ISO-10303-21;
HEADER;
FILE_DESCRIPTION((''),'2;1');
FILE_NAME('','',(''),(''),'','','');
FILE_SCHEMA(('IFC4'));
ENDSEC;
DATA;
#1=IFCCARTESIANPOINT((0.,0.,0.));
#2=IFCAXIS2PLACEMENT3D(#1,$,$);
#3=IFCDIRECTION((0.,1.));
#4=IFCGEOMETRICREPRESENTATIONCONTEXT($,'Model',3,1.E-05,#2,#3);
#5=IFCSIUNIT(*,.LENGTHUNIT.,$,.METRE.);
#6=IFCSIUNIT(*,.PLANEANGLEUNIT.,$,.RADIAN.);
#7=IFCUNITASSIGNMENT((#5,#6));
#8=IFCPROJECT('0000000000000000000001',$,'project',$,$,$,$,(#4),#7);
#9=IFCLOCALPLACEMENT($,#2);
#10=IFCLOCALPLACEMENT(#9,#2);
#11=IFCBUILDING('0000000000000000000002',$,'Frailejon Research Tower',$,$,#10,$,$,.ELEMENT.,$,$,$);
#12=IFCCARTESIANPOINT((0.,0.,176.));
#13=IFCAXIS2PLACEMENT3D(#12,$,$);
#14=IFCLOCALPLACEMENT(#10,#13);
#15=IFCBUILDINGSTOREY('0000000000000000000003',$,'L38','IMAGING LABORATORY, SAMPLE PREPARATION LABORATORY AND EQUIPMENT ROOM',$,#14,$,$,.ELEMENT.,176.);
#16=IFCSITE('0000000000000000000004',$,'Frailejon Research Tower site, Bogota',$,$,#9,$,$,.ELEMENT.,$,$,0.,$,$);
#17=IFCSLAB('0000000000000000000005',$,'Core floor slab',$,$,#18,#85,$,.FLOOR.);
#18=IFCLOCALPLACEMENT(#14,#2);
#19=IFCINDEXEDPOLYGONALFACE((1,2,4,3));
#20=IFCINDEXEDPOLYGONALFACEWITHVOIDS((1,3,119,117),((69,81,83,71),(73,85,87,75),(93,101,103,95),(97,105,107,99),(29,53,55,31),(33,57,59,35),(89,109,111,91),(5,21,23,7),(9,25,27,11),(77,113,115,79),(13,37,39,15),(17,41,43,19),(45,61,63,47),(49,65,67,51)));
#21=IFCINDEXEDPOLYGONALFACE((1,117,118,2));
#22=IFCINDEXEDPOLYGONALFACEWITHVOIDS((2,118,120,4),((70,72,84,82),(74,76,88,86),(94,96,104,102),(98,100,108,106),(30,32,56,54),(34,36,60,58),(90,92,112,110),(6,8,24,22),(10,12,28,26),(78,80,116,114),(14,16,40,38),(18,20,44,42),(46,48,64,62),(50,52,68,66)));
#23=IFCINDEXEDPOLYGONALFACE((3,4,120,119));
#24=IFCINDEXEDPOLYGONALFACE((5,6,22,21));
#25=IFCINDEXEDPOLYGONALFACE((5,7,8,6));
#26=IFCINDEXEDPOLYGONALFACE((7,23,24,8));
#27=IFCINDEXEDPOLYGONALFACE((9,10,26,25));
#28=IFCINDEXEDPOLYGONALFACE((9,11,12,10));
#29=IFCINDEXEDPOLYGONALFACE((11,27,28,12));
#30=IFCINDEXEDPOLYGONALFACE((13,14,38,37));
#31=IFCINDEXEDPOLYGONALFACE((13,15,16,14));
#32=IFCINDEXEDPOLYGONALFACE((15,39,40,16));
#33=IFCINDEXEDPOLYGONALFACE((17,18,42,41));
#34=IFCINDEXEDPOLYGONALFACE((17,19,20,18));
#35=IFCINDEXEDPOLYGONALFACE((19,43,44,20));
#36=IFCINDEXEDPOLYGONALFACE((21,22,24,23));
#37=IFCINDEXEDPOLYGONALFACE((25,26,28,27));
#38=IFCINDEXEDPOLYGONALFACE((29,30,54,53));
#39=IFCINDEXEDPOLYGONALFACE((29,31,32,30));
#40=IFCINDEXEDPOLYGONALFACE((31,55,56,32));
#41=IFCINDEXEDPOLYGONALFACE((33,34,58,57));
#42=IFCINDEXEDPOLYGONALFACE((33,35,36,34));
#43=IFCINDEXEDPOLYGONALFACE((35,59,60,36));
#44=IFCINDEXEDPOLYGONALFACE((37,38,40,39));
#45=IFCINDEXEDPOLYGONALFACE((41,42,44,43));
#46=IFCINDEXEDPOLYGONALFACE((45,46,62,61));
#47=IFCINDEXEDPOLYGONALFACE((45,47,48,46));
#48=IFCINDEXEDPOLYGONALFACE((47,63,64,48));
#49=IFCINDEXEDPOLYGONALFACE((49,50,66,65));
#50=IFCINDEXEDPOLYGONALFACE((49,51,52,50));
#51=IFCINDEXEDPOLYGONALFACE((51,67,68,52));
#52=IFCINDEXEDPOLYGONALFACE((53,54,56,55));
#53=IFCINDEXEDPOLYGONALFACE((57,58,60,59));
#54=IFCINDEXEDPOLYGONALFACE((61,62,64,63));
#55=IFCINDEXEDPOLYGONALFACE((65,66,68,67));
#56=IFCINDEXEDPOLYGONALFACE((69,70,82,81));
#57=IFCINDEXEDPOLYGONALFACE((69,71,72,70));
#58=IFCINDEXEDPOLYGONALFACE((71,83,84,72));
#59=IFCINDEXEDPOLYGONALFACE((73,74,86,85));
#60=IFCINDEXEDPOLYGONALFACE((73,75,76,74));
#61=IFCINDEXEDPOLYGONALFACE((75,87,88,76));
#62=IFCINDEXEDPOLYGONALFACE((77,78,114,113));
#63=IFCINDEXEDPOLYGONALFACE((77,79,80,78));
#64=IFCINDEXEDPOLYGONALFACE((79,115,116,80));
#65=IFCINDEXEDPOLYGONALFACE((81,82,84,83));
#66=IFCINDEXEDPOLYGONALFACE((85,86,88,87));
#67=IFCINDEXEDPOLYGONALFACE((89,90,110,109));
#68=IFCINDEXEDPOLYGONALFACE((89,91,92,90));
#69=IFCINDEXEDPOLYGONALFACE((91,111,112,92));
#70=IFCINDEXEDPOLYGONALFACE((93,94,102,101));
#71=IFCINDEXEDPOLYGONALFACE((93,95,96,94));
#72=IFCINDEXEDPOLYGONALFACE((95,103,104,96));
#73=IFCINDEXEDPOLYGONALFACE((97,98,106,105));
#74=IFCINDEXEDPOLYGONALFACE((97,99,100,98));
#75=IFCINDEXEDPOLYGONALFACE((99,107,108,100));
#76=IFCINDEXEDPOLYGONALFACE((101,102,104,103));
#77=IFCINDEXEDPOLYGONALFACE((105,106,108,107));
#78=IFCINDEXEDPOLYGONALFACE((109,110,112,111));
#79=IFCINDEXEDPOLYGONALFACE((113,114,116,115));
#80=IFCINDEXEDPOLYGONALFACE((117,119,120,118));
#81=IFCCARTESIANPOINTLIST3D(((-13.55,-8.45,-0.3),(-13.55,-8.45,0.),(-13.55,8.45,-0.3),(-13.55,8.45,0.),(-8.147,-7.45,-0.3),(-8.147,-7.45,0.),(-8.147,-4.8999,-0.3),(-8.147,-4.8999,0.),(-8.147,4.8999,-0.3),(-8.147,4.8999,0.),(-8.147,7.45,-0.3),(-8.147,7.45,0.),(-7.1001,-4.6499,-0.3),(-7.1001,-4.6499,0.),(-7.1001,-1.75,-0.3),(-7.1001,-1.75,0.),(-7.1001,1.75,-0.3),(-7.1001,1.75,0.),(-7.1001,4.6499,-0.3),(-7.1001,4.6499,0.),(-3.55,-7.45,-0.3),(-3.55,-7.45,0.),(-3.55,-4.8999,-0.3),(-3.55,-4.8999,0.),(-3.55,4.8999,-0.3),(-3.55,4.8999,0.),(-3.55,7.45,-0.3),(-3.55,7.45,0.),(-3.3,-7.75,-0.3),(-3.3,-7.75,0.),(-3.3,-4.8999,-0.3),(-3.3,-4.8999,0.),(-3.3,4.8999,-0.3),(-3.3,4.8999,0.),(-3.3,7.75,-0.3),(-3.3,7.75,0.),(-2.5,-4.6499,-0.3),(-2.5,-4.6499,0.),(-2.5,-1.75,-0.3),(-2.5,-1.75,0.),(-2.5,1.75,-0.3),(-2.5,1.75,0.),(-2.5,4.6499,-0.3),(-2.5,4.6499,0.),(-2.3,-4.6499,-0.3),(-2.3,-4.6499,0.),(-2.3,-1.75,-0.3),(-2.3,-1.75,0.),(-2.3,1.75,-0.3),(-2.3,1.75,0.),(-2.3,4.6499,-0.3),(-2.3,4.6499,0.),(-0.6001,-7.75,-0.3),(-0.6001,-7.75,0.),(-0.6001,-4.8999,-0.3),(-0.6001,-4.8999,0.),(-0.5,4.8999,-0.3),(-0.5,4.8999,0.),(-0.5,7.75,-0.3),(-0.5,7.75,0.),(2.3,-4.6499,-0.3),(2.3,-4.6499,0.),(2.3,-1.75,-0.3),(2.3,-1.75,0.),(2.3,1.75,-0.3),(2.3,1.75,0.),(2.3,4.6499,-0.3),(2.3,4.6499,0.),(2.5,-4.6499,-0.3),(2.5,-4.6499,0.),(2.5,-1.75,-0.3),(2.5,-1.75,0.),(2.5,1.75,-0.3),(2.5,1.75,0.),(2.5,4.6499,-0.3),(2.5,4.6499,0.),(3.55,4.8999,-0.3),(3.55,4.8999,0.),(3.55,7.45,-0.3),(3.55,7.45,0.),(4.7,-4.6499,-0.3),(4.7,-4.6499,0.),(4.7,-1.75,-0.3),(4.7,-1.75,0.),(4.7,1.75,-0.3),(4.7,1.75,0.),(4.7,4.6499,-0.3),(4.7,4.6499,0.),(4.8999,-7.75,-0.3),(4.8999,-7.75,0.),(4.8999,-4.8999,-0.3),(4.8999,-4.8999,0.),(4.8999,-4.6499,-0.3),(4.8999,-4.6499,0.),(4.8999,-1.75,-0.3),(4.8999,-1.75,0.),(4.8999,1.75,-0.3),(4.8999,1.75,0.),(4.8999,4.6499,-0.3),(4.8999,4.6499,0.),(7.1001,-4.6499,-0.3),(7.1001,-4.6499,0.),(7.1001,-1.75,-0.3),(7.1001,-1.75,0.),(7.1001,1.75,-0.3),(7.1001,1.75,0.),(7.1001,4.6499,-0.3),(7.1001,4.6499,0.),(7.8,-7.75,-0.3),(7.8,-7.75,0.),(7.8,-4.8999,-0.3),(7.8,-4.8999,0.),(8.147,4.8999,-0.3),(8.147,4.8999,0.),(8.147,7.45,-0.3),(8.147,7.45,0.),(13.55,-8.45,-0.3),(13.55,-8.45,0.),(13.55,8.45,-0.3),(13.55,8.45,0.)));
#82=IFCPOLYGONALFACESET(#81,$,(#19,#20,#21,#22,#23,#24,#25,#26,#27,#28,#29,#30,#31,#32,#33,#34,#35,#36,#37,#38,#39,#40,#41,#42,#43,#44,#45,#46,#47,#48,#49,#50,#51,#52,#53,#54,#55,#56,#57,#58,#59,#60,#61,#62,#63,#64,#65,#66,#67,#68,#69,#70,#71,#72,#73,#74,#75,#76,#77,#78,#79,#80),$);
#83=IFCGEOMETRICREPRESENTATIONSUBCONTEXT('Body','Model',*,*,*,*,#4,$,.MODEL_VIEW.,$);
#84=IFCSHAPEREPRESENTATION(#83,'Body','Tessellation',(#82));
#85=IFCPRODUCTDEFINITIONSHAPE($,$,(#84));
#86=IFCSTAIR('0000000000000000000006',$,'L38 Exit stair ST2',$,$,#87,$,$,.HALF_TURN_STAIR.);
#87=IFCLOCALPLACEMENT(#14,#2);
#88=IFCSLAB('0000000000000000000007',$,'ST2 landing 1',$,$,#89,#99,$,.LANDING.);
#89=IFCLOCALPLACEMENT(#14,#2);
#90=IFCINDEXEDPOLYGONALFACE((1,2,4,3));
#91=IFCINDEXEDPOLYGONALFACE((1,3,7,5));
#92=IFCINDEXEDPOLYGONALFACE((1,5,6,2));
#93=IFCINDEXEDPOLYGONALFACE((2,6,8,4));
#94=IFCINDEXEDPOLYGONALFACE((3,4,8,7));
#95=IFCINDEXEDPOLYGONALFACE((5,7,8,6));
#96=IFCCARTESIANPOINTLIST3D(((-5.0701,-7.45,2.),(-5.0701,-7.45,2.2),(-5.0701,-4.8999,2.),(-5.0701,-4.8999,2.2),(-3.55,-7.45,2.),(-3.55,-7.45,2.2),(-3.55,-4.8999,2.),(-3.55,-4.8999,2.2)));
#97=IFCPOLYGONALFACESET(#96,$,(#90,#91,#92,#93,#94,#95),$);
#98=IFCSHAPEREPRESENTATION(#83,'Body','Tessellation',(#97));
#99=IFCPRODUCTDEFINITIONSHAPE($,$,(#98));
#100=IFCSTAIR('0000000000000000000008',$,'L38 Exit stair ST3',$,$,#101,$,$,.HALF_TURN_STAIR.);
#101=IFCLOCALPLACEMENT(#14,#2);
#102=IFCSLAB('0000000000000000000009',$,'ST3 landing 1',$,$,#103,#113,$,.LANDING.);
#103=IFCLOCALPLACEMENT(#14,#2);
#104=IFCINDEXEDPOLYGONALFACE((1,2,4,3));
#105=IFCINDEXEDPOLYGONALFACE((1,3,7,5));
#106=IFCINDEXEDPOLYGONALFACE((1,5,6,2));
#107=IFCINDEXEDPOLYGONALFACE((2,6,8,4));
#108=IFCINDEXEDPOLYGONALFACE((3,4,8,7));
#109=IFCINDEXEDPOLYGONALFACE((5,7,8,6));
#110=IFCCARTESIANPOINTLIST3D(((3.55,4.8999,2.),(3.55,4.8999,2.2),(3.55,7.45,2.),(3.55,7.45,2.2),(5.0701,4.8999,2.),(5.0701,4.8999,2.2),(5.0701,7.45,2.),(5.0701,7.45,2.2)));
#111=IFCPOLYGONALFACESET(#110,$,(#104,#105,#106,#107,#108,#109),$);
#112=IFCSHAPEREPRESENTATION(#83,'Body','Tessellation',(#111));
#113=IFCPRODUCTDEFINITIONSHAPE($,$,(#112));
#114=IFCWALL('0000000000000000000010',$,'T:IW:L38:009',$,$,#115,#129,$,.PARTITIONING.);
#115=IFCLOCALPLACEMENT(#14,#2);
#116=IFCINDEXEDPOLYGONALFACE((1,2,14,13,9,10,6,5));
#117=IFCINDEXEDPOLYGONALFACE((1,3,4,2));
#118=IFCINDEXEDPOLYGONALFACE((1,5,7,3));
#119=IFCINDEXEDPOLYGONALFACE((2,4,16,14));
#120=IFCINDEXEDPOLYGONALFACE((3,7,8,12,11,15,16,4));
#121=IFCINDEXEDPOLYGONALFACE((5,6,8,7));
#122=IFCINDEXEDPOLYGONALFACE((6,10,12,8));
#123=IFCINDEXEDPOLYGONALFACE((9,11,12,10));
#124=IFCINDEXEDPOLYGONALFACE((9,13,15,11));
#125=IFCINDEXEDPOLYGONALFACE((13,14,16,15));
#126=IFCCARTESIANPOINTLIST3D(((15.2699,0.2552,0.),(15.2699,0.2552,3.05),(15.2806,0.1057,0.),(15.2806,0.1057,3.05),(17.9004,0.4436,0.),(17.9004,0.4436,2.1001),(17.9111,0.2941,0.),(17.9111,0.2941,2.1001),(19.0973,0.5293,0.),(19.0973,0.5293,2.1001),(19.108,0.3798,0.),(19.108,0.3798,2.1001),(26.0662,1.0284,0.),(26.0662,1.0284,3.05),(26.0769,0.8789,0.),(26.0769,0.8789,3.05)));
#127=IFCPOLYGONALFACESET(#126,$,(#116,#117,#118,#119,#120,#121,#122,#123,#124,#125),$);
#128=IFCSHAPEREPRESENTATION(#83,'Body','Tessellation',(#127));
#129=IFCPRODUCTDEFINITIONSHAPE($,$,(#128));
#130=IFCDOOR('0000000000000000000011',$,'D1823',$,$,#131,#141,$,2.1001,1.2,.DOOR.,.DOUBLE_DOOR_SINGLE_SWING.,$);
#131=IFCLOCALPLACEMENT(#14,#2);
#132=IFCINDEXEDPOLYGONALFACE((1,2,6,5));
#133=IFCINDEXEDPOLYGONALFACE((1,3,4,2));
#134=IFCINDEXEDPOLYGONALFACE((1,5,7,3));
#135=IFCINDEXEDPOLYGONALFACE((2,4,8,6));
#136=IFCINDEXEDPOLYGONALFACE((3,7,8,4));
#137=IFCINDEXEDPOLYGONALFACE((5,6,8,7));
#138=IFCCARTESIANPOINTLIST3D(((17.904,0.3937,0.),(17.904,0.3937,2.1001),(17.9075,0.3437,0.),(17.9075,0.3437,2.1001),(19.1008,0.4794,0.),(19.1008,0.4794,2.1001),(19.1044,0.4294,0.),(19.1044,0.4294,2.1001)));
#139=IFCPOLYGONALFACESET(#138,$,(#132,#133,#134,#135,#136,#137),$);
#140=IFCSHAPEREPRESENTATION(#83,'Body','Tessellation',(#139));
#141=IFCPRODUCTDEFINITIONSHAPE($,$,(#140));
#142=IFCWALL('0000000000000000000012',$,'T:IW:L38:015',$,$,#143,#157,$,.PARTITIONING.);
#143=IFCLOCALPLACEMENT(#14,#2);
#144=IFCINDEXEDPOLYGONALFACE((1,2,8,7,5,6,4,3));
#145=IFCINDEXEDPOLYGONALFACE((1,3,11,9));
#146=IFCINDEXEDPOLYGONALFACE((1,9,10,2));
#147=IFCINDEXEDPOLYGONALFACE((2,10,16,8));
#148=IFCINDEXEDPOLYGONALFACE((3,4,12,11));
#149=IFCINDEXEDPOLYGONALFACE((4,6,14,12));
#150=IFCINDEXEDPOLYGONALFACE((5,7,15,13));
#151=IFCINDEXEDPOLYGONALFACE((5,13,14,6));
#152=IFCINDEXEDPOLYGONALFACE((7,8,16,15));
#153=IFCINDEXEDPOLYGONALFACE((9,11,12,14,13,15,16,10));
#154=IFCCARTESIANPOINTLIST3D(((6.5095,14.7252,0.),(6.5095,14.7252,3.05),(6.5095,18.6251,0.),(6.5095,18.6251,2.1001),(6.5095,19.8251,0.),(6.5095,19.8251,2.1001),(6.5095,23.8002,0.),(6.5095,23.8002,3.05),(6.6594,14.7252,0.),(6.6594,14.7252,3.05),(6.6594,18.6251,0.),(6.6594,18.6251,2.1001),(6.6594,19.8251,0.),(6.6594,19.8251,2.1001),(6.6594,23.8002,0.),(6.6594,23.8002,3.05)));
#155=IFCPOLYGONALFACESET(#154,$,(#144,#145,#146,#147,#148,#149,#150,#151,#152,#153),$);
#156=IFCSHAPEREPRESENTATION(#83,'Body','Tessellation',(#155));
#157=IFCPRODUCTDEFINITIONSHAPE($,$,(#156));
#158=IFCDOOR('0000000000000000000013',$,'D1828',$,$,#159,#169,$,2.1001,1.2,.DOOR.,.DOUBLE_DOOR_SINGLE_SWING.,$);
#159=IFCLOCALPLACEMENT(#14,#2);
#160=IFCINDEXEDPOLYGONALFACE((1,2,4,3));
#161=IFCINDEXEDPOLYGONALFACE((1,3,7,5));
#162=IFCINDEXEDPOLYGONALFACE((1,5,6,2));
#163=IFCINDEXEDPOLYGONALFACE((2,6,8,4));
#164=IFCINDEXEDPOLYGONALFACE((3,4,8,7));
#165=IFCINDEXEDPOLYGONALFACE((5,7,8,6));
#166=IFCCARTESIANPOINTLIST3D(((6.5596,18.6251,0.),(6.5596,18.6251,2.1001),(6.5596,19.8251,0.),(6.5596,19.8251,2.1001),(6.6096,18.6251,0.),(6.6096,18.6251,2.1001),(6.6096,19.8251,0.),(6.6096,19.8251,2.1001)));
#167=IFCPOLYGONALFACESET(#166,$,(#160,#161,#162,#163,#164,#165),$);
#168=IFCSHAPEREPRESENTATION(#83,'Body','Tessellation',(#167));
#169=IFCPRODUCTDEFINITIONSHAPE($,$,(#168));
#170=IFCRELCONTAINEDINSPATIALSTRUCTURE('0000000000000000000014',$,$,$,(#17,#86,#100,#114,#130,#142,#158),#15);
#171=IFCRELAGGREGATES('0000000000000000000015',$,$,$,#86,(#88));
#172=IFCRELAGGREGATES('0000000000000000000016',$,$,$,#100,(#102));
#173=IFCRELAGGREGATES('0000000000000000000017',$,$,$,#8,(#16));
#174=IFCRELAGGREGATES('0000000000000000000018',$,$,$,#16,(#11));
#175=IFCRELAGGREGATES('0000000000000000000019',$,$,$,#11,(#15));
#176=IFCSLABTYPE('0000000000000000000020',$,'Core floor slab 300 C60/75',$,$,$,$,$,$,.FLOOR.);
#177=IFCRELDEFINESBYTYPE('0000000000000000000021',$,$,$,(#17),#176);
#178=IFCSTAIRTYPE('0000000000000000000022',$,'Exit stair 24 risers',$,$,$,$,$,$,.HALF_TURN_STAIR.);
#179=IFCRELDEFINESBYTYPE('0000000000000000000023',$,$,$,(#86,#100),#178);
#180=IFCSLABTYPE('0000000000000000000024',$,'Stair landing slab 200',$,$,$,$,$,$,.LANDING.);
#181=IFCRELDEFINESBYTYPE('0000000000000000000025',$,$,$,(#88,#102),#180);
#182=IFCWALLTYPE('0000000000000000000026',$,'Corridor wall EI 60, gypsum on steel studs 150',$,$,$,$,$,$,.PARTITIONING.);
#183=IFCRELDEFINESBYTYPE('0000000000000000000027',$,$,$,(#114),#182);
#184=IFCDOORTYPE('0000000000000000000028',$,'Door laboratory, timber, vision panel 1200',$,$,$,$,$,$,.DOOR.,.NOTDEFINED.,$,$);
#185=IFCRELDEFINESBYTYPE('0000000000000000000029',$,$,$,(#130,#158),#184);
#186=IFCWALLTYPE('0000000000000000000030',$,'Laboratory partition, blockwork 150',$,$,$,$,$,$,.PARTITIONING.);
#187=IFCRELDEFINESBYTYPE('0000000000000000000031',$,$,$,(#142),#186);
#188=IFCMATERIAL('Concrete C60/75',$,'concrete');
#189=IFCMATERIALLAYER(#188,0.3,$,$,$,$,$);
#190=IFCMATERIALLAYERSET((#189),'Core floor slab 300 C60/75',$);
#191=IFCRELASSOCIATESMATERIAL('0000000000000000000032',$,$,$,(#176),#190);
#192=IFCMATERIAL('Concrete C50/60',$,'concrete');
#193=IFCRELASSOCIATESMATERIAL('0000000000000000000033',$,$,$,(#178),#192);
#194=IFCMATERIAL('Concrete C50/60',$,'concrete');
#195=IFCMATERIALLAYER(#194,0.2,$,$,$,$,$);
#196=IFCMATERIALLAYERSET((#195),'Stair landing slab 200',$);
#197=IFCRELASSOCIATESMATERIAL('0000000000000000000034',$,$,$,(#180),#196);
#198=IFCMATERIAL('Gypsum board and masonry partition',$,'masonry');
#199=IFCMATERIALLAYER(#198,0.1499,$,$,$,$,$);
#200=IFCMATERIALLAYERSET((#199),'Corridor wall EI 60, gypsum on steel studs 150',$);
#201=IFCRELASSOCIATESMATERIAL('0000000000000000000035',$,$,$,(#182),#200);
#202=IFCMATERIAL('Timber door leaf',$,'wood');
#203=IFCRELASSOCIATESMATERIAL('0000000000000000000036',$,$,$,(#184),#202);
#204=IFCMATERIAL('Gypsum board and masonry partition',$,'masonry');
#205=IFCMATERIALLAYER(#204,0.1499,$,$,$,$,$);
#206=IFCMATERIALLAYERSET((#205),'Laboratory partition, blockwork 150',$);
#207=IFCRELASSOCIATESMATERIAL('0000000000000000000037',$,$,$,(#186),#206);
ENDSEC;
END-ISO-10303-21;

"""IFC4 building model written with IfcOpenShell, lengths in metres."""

from ifc_helpers import new_model, si_unit, direction, frame, frame_2d, origin, place, context, subcontext, project, spatial, polyline, rectangle, outline, extrude, material, layer, layer_set, type_object, element, fill, aggregate, save


model = new_model("IFC4")

# Units and contexts
model_context = context("Model", 3, precision=1e-05, world=origin(), true_north=direction((0.0, 1.0)))
body_context = subcontext(model_context, "Body", "Model", "MODEL_VIEW")
ifc_project = project(units=[si_unit("LENGTHUNIT", "METRE"), si_unit("PLANEANGLEUNIT", "RADIAN")], contexts=[model_context])

# Site, building, storey
site_placement = place(None, origin())
site = spatial("IfcSite", under=ifc_project, at=site_placement, Name="Frailejon Research Tower site, Bogota", CompositionType="ELEMENT", RefElevation=0.0)
building_placement = place(site_placement, origin())
building = spatial("IfcBuilding", under=site, at=building_placement, Name="Frailejon Research Tower", CompositionType="ELEMENT")
storey_placement = place(building_placement, frame((0.0, 0.0, 176.0)))
storey = spatial("IfcBuildingStorey", under=building, at=storey_placement, Name="L38", Description="IMAGING LABORATORY, SAMPLE PREPARATION LABORATORY AND EQUIPMENT ROOM", CompositionType="ELEMENT", Elevation=176.0)

# Slab
ifc_material_1 = material(Name="Concrete C60/75", Category="concrete")
ifc_layer_1 = layer(ifc_material_1, 0.3)
ifc_layer_set_1 = layer_set([ifc_layer_1], Name="Core floor slab 300 C60/75")
slab_type_1 = type_object("IfcSlabType", Name="Core floor slab 300 C60/75", PredefinedType="FLOOR", material=ifc_layer_set_1)
slab_1_placement = place(storey_placement, frame((0.0, 0.0, -0.3)))
element("IfcSlab", 1, at=slab_1_placement, inside=storey, type_object=slab_type_1, Name="Core floor slab", PredefinedType="FLOOR", context=body_context, shape_type="SweptSolid", body=[
    extrude(outline(polyline([(13.55, -8.45), (13.55, 8.45), (-13.55, 8.45), (-13.55, -8.45), (13.55, -8.45)]), holes=[polyline([(-2.5, 1.75), (-2.5, 4.6499), (-7.1001, 4.6499), (-7.1001, 1.75), (-2.5, 1.75)]), polyline([(2.3, 1.75), (2.3, 4.6499), (-2.3, 4.6499), (-2.3, 1.75), (2.3, 1.75)]), polyline([(4.7, 1.75), (4.7, 4.6499), (2.5, 4.6499), (2.5, 1.75), (4.7, 1.75)]), polyline([(7.1001, 1.75), (7.1001, 4.6499), (4.8999, 4.6499), (4.8999, 1.75), (7.1001, 1.75)]), polyline([(-2.5, -4.6499), (-2.5, -1.75), (-7.1001, -1.75), (-7.1001, -4.6499), (-2.5, -4.6499)]), polyline([(2.3, -4.6499), (2.3, -1.75), (-2.3, -1.75), (-2.3, -4.6499), (2.3, -4.6499)]), polyline([(4.7, -4.6499), (4.7, -1.75), (2.5, -1.75), (2.5, -4.6499), (4.7, -4.6499)]), polyline([(7.1001, -4.6499), (7.1001, -1.75), (4.8999, -1.75), (4.8999, -4.6499), (7.1001, -4.6499)]), polyline([(-8.147, 4.8999), (-3.55, 4.8999), (-3.55, 7.45), (-8.147, 7.45), (-8.147, 4.8999)]), polyline([(-8.147, -7.45), (-3.55, -7.45), (-3.55, -4.8999), (-8.147, -4.8999), (-8.147, -7.45)]), polyline([(8.147, 7.45), (3.55, 7.45), (3.55, 4.8999), (8.147, 4.8999), (8.147, 7.45)]), polyline([(-0.6001, -7.75), (-0.6001, -4.8999), (-3.3, -4.8999), (-3.3, -7.75), (-0.6001, -7.75)]), polyline([(7.8, -7.75), (7.8, -4.8999), (4.8999, -4.8999), (4.8999, -7.75), (7.8, -7.75)]), polyline([(-0.5, 4.8999), (-0.5, 7.75), (-3.3, 7.75), (-3.3, 4.8999), (-0.5, 4.8999)])]), origin(), (0.0, 0.0, 1.0), 0.3),
])

# Stairs, slabs
ifc_material_2 = material(Name="Concrete C50/60", Category="concrete")
stair_type = type_object("IfcStairType", Name="Exit stair 24 risers", PredefinedType="HALF_TURN_STAIR", material=ifc_material_2)
stair_1_placement = place(storey_placement, origin())
stair_1 = element("IfcStair", 2, at=stair_1_placement, inside=storey, type_object=stair_type, Name="L38 Exit stair ST2", PredefinedType="HALF_TURN_STAIR")
ifc_material_3 = material(Name="Concrete C50/60", Category="concrete")
ifc_layer_2 = layer(ifc_material_3, 0.2)
ifc_layer_set_2 = layer_set([ifc_layer_2], Name="Stair landing slab 200")
slab_type_2 = type_object("IfcSlabType", Name="Stair landing slab 200", PredefinedType="LANDING", material=ifc_layer_set_2)
slab_2_placement = place(storey_placement, frame((0.0, 0.0, 2.0)))
slab_2 = element("IfcSlab", 3, at=slab_2_placement, type_object=slab_type_2, Name="ST2 landing 1", PredefinedType="LANDING", context=body_context, shape_type="SweptSolid", body=[
    extrude(outline(polyline([(-5.0701, -7.45), (-3.55, -7.45), (-3.55, -4.8999), (-5.0701, -4.8999), (-5.0701, -7.45)])), origin(), (0.0, 0.0, 1.0), 0.2),
])
aggregate(stair_1, [slab_2])
stair_2_placement = place(storey_placement, origin())
stair_2 = element("IfcStair", 4, at=stair_2_placement, inside=storey, type_object=stair_type, Name="L38 Exit stair ST3", PredefinedType="HALF_TURN_STAIR")
slab_3_placement = place(storey_placement, frame((0.0, 0.0, 2.0)))
slab_3 = element("IfcSlab", 5, at=slab_3_placement, type_object=slab_type_2, Name="ST3 landing 1", PredefinedType="LANDING", context=body_context, shape_type="SweptSolid", body=[
    extrude(outline(polyline([(5.0701, 7.45), (3.55, 7.45), (3.55, 4.8999), (5.0701, 4.8999), (5.0701, 7.45)])), origin(), (0.0, 0.0, 1.0), 0.2),
])

# Walls, openings, doors
ifc_material_4 = material(Name="Gypsum board and masonry partition", Category="masonry")
ifc_layer_3 = layer(ifc_material_4, 0.1499)
ifc_layer_set_3 = layer_set([ifc_layer_3], Name="Corridor wall EI 60, gypsum on steel studs 150")
wall_type_1 = type_object("IfcWallType", Name="Corridor wall EI 60, gypsum on steel studs 150", PredefinedType="PARTITIONING", material=ifc_layer_set_3)
wall_1_placement = place(storey_placement, frame((15.2751, 0.1804, 0.0), z_axis=(0.0, 0.0, 1.0), x_axis=(0.997445, 0.071433, 0.0)))
wall_1 = element("IfcWall", 6, at=wall_1_placement, inside=storey, type_object=wall_type_1, Name="T:IW:L38:009", PredefinedType="PARTITIONING", context=body_context, shape_type="SweptSolid", body=[
    extrude(rectangle(XDim=10.824, YDim=0.1499, at=frame_2d((5.4121, 0.0))), origin(), (0.0, 0.0, 1.0), 3.05),
])
opening_1_placement = place(wall_1_placement, frame((2.6372, 0.0, 0.0)))
opening_1 = element("IfcOpeningElement", 7, at=opening_1_placement, cuts=wall_1, PredefinedType="OPENING", context=body_context, shape_type="SweptSolid", body=[
    extrude(rectangle(XDim=1.2, YDim=2.1001, at=frame_2d((0.6001, 1.05))), frame((0.0, 0.085, 0.0), z_axis=(0.0, -1.0, 0.0), x_axis=(1.0, 0.0, 0.0)), (0.0, 0.0, 1.0), 0.1699),
])
ifc_material_5 = material(Name="Timber door leaf", Category="wood")
door_type_1 = type_object("IfcDoorType", Name="Door laboratory, timber, vision panel 1200", OperationType="NOTDEFINED", PredefinedType="DOOR", material=ifc_material_5)
door_1_placement = place(opening_1_placement, origin())
door_1 = element("IfcDoor", 8, at=door_1_placement, inside=storey, type_object=door_type_1, Name="D1823", OperationType="DOUBLE_DOOR_SINGLE_SWING", OverallHeight=2.1001, OverallWidth=1.2, PredefinedType="DOOR", context=body_context, shape_type="SweptSolid", body=[
    extrude(rectangle(XDim=1.2, YDim=2.1001, at=frame_2d((0.6001, 1.05))), frame((0.0, 0.0249, 0.0), z_axis=(0.0, -1.0, 0.0), x_axis=(1.0, 0.0, 0.0)), (0.0, 0.0, 1.0), 0.05),
])
fill(opening_1, door_1)
ifc_material_6 = material(Name="Gypsum board and masonry partition", Category="masonry")
ifc_layer_4 = layer(ifc_material_6, 0.1499)
ifc_layer_set_4 = layer_set([ifc_layer_4], Name="Laboratory partition, blockwork 150")
wall_type_2 = type_object("IfcWallType", Name="Laboratory partition, blockwork 150", PredefinedType="PARTITIONING", material=ifc_layer_set_4)
wall_2_placement = place(storey_placement, frame((6.5845, 14.7251, 0.0), z_axis=(0.0, 0.0, 1.0), x_axis=(0.0, 1.0, 0.0)))
wall_2 = element("IfcWall", 9, at=wall_2_placement, inside=storey, type_object=wall_type_2, Name="T:IW:L38:015", PredefinedType="PARTITIONING", context=body_context, shape_type="SweptSolid", body=[
    extrude(rectangle(XDim=9.075, YDim=0.1499, at=frame_2d((4.5376, 0.0))), origin(), (0.0, 0.0, 1.0), 3.05),
])
opening_2_placement = place(wall_2_placement, frame((3.8999, 0.0, 0.0)))
opening_2 = element("IfcOpeningElement", 10, at=opening_2_placement, cuts=wall_2, PredefinedType="OPENING", context=body_context, shape_type="SweptSolid", body=[
    extrude(rectangle(XDim=1.2, YDim=2.1001, at=frame_2d((0.6001, 1.05))), frame((0.0, 0.085, 0.0), z_axis=(0.0, -1.0, 0.0), x_axis=(1.0, 0.0, 0.0)), (0.0, 0.0, 1.0), 0.1699),
])
door_2_placement = place(opening_2_placement, origin())
door_2 = element("IfcDoor", 11, at=door_2_placement, inside=storey, type_object=door_type_1, Name="D1828", OperationType="DOUBLE_DOOR_SINGLE_SWING", OverallHeight=2.1001, OverallWidth=1.2, PredefinedType="DOOR", context=body_context, shape_type="SweptSolid", body=[
    extrude(rectangle(XDim=1.2, YDim=2.1001, at=frame_2d((0.6001, 1.05))), frame((0.0, 0.0249, 0.0), z_axis=(0.0, -1.0, 0.0), x_axis=(1.0, 0.0, 0.0)), (0.0, 0.0, 1.0), 0.05),
])
fill(opening_2, door_2)

aggregate(stair_2, [slab_3])

save(model, "model.ifc")
